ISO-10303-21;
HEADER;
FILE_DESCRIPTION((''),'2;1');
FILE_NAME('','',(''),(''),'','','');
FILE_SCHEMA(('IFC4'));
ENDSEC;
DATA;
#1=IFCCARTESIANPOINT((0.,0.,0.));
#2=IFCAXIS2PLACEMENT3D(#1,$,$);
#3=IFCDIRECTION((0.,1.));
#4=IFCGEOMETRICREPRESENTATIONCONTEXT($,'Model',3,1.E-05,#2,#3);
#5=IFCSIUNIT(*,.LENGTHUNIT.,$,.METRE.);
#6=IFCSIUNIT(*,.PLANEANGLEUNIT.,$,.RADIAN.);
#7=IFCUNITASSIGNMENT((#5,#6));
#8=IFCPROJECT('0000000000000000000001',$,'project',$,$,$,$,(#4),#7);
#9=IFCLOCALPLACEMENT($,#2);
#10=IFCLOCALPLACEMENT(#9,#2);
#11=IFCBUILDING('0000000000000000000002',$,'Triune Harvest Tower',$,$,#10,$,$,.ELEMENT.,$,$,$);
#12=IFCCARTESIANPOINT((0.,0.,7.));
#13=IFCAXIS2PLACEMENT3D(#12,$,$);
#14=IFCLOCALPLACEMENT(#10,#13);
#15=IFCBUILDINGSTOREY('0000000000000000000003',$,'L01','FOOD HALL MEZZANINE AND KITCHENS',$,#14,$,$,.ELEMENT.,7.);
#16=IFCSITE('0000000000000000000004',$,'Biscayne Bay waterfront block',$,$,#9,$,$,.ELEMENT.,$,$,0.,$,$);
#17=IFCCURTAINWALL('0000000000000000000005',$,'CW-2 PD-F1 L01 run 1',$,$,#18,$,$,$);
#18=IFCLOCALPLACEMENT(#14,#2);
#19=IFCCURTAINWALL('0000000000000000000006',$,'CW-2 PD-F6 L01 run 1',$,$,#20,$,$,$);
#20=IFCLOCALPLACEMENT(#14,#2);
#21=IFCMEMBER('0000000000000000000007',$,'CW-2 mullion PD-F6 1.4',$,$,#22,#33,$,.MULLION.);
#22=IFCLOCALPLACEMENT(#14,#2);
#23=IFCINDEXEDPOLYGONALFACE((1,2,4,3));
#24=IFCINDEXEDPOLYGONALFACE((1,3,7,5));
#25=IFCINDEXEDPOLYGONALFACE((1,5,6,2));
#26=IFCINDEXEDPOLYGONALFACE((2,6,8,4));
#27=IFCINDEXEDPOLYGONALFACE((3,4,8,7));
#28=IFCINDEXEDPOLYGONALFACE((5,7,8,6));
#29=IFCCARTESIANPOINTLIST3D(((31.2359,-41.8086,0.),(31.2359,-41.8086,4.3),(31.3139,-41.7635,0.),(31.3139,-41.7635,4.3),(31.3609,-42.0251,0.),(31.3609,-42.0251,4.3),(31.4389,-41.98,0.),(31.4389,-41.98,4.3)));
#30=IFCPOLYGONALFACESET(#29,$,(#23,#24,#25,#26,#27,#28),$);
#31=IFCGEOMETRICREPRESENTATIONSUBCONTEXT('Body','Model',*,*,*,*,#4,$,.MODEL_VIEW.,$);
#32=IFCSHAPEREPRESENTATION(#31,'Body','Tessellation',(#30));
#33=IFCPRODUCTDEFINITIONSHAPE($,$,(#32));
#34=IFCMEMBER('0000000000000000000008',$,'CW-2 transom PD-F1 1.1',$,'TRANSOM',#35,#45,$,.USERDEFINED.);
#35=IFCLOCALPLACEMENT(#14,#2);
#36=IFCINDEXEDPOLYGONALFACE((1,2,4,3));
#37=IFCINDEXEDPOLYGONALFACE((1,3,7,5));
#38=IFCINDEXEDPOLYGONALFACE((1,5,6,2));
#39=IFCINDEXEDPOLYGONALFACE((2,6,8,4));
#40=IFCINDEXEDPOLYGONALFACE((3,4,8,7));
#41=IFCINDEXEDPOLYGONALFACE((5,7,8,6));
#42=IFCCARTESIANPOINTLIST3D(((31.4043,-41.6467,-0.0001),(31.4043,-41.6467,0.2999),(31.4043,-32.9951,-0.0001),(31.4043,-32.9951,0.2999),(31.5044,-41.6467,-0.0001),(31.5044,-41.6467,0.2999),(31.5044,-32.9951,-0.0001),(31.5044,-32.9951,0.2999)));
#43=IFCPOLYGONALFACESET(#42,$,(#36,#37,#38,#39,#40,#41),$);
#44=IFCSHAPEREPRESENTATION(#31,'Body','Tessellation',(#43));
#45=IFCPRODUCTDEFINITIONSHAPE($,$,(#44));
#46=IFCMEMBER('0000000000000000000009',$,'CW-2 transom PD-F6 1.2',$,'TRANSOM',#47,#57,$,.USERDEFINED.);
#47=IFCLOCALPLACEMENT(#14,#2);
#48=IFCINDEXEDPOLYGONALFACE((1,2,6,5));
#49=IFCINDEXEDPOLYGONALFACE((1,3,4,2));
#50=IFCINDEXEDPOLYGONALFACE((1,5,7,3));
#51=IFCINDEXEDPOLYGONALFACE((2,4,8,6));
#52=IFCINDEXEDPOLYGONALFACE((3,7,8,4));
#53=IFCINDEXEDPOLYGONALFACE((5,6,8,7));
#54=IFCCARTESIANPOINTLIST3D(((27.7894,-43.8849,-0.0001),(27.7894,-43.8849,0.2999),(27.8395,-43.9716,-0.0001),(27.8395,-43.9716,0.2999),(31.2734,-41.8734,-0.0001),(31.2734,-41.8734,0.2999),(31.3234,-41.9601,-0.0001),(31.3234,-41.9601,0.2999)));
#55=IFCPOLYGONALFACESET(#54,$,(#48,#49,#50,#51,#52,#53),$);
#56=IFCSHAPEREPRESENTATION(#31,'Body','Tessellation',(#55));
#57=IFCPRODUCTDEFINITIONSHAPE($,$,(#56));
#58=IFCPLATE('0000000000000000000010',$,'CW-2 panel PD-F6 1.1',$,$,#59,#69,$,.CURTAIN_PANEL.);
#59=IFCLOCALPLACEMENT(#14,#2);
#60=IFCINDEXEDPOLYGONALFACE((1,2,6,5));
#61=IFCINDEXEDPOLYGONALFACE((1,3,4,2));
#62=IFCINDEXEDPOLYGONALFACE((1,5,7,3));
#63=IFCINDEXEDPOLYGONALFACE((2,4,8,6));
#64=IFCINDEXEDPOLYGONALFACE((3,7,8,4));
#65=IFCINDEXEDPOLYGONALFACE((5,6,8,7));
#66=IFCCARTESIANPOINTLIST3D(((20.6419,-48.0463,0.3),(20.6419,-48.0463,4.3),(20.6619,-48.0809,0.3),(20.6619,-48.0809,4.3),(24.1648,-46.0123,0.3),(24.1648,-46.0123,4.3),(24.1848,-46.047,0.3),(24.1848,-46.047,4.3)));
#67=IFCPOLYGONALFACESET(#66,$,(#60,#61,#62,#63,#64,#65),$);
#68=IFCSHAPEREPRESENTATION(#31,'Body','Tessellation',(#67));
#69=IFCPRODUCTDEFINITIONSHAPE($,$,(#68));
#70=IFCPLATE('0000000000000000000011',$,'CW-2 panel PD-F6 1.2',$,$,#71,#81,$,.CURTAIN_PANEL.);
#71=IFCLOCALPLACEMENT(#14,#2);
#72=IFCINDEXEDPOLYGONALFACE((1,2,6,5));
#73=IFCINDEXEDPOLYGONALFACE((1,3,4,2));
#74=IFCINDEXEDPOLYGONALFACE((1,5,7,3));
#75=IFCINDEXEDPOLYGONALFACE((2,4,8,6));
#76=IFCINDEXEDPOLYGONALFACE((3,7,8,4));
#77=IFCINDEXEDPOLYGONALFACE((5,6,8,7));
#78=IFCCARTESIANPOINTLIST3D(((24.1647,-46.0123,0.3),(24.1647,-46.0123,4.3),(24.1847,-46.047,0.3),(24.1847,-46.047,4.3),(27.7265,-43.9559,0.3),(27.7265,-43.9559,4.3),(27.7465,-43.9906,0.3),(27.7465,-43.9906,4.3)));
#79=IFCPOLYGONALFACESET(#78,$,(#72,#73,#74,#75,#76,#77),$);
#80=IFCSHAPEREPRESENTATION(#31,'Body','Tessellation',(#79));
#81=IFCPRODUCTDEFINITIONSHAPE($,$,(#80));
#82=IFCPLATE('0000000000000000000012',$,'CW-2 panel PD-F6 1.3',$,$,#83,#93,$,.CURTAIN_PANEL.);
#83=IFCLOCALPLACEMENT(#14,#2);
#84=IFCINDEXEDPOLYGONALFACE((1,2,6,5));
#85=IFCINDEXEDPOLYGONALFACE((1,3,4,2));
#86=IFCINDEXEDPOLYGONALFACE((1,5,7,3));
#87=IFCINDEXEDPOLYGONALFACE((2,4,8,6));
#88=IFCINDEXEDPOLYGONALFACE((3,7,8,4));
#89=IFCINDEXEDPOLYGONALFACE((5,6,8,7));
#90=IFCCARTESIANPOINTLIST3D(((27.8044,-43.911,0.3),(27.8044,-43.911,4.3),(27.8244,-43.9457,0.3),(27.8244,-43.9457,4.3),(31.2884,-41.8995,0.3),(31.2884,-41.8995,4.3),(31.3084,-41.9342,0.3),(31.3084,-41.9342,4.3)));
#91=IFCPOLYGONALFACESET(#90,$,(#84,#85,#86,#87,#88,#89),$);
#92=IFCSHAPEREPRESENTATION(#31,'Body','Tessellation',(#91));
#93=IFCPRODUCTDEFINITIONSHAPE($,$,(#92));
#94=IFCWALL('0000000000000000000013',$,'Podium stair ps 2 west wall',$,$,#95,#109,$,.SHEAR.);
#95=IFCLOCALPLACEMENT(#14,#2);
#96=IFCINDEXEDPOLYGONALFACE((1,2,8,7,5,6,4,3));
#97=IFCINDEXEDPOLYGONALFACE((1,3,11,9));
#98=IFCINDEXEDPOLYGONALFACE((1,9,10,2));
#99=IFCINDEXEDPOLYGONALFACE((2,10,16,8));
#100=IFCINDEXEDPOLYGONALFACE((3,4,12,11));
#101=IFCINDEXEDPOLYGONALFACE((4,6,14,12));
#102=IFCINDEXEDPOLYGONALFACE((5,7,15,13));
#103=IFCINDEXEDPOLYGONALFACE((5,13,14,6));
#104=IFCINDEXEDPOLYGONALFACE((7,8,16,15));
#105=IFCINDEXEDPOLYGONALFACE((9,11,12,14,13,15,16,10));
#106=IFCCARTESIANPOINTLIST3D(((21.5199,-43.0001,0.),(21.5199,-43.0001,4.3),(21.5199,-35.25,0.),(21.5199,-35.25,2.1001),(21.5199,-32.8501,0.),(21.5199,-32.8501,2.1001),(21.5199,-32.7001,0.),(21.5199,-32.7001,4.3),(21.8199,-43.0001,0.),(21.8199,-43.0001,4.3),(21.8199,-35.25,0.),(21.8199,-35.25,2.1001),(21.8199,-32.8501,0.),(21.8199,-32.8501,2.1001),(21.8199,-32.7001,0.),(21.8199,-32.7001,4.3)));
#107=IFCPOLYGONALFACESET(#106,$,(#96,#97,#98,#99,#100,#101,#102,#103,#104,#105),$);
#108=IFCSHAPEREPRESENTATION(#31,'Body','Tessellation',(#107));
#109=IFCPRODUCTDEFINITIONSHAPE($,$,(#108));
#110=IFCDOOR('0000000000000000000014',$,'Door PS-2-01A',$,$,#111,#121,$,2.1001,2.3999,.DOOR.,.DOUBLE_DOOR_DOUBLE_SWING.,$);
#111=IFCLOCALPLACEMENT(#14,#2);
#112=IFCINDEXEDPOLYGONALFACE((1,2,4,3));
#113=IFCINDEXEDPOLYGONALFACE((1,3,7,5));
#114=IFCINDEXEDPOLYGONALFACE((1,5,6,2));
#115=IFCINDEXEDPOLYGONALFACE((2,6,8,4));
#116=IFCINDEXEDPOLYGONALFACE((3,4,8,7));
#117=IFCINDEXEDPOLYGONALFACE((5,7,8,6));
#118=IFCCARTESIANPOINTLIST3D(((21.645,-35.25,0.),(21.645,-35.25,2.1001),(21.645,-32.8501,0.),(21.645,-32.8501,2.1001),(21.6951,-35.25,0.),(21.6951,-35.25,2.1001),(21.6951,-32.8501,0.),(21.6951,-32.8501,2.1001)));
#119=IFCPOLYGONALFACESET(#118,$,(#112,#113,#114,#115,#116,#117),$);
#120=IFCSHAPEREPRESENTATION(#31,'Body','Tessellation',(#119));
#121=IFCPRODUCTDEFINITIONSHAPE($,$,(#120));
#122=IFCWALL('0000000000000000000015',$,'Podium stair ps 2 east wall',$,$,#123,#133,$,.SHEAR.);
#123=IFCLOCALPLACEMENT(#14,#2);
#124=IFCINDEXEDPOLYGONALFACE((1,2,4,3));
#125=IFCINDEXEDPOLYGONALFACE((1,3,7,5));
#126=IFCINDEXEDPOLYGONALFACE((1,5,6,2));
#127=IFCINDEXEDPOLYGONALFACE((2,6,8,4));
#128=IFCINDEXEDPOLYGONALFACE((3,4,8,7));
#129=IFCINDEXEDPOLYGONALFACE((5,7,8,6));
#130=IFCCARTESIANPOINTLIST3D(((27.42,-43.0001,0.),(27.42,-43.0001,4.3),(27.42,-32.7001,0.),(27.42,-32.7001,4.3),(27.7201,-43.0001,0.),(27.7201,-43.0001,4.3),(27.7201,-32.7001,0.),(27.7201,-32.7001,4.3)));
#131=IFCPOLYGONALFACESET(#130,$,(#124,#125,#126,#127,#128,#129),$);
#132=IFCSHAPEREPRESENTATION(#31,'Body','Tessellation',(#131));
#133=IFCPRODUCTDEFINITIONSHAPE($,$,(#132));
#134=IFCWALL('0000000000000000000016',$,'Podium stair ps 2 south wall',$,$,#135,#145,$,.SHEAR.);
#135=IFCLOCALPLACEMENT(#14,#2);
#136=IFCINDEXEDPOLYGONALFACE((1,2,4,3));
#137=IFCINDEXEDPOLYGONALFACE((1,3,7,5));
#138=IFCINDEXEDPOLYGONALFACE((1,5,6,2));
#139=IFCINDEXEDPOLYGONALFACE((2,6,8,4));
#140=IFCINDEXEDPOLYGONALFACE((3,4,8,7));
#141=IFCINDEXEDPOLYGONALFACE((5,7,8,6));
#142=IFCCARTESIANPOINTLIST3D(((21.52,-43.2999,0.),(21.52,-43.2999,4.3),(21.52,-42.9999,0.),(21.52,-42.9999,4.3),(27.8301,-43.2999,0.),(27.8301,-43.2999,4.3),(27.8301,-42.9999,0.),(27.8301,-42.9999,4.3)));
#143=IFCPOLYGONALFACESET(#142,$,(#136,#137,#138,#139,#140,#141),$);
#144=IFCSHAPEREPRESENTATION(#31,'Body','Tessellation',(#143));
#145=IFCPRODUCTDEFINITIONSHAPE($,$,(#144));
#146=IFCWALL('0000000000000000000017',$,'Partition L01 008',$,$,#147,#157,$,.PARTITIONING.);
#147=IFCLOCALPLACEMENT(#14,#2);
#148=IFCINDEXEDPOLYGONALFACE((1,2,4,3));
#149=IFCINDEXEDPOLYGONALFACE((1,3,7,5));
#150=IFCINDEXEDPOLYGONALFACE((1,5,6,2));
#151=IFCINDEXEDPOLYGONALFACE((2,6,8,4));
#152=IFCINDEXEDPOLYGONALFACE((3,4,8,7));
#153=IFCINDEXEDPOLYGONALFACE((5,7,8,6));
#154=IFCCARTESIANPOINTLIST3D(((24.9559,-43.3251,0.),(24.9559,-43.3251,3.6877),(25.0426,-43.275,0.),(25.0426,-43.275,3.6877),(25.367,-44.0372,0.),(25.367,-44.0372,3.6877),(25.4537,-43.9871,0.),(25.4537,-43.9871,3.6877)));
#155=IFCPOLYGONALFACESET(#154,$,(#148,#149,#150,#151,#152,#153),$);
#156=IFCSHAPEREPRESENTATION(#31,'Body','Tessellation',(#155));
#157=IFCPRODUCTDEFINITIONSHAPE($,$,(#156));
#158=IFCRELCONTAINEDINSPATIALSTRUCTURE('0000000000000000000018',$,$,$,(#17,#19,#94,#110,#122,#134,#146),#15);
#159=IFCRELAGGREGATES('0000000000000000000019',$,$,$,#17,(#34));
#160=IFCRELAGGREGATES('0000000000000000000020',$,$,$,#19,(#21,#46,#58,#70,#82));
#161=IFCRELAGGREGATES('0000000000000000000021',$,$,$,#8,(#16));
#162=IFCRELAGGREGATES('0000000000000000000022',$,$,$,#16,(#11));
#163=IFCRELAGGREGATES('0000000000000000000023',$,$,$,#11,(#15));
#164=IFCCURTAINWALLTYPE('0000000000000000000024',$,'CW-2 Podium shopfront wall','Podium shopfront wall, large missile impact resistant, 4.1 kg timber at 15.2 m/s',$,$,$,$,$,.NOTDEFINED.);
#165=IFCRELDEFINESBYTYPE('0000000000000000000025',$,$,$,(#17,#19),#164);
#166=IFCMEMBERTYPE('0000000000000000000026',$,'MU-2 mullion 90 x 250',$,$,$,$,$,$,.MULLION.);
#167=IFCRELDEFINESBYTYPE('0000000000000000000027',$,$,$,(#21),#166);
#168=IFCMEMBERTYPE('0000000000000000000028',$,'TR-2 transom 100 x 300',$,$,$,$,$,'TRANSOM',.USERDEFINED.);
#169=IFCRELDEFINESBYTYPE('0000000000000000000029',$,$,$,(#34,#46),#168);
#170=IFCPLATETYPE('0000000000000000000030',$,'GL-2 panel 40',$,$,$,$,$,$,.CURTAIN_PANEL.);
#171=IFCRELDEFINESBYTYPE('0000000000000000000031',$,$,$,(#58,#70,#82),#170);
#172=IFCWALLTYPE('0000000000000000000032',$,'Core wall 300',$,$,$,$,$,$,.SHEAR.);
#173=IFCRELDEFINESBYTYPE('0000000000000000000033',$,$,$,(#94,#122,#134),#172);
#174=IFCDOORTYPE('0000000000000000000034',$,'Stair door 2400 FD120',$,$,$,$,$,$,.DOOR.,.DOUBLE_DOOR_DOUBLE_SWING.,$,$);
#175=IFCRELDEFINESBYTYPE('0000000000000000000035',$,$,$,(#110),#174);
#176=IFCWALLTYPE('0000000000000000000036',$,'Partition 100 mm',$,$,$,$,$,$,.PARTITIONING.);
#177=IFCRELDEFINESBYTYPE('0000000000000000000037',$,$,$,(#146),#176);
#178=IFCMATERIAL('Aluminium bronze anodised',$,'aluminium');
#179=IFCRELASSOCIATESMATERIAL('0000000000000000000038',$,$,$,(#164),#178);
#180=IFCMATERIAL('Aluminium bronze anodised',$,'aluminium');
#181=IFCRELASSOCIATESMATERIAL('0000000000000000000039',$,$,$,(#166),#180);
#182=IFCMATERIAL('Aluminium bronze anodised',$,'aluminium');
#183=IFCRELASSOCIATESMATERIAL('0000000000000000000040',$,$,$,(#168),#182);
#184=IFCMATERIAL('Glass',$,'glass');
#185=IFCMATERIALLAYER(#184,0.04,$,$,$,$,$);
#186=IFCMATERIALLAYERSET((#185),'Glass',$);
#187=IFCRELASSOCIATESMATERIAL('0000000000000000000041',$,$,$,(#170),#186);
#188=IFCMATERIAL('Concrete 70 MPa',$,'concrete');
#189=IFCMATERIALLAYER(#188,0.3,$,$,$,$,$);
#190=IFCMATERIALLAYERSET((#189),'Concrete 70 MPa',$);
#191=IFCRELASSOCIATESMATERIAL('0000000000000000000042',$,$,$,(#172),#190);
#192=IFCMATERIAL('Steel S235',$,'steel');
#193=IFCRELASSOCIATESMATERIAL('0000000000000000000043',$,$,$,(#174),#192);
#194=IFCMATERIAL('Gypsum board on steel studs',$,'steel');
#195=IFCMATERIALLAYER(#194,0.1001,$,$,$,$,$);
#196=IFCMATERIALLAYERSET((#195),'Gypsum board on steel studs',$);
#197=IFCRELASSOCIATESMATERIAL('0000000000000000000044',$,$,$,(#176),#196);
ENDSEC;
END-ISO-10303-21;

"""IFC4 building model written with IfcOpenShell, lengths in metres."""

from ifc_helpers import new_model, si_unit, direction, frame, frame_2d, origin, origin_2d, place, context, subcontext, project, spatial, rectangle, extrude, source, transform, mapped, material, layer, layer_set, material_profile, profile_set, type_object, element, fill, aggregate, save


model = new_model("IFC4")

# Units and contexts
model_context = context("Model", 3, precision=1e-05, world=origin(), true_north=direction((0.0, 1.0)))
body_context = subcontext(model_context, "Body", "Model", "MODEL_VIEW")
ifc_project = project(units=[si_unit("LENGTHUNIT", "METRE"), si_unit("PLANEANGLEUNIT", "RADIAN")], contexts=[model_context])

# Site, building, storey
site_placement = place(None, origin())
site = spatial("IfcSite", under=ifc_project, at=site_placement, Name="Biscayne Bay waterfront block", CompositionType="ELEMENT", RefElevation=0.0)
building_placement = place(site_placement, origin())
building = spatial("IfcBuilding", under=site, at=building_placement, Name="Triune Harvest Tower", CompositionType="ELEMENT")
storey_placement = place(building_placement, frame((0.0, 0.0, 7.0)))
storey = spatial("IfcBuildingStorey", under=building, at=storey_placement, Name="L01", Description="FOOD HALL MEZZANINE AND KITCHENS", CompositionType="ELEMENT", Elevation=7.0)

# Curtain wall
ifc_material_1 = material(Name="Aluminium bronze anodised", Category="aluminium")
curtain_wall_type = type_object("IfcCurtainWallType", Name="CW-2 Podium shopfront wall", Description="Podium shopfront wall, large missile impact resistant, 4.1 kg timber at 15.2 m/s", PredefinedType="NOTDEFINED", material=ifc_material_1)
curtain_wall_1_placement = place(storey_placement, origin())
curtain_wall_1 = element("IfcCurtainWall", 1, at=curtain_wall_1_placement, inside=storey, type_object=curtain_wall_type, Name="CW-2 PD-F1 L01 run 1")
ifc_material_2 = material(Name="Aluminium bronze anodised", Category="aluminium")
ifc_material_profile_1 = material_profile(ifc_material_2, rectangle(XDim=0.25, YDim=0.0901, at=origin_2d()), Name="MU-2 mullion 90 x 250")
ifc_profile_set_1 = profile_set([ifc_material_profile_1], Name="Aluminium bronze anodised")
member_type_1 = type_object("IfcMemberType", Name="MU-2 mullion 90 x 250", PredefinedType="MULLION", material=ifc_profile_set_1)
shared_shape_1 = source(origin(), body_context, "Body", "SweptSolid", [
    extrude(rectangle(XDim=0.25, YDim=0.0901, at=origin_2d()), origin(), (0.0, 0.0, 1.0), 4.3),
])

# Curtain wall, member
curtain_wall_2_placement = place(storey_placement, origin())
curtain_wall_2 = element("IfcCurtainWall", 2, at=curtain_wall_2_placement, inside=storey, type_object=curtain_wall_type, Name="CW-2 PD-F6 L01 run 1")
member_1_placement = place(storey_placement, frame((31.3374, -41.8943, 0.0), z_axis=(0.0, 0.0, 1.0), x_axis=(-0.499998, 0.866027, 0.0)))
member_1 = element("IfcMember", 3, at=member_1_placement, type_object=member_type_1, Name="CW-2 mullion PD-F6 1.4", PredefinedType="MULLION", context=body_context, shape_type="MappedRepresentation", body=[
    mapped(shared_shape_1, transform((0.0, 0.0, 0.0), scale=1.0)),
])

# Members
ifc_material_3 = material(Name="Aluminium bronze anodised", Category="aluminium")
ifc_material_profile_2 = material_profile(ifc_material_3, rectangle(XDim=0.1001, YDim=0.3, at=origin_2d()), Name="TR-2 transom 100 x 300")
ifc_profile_set_2 = profile_set([ifc_material_profile_2], Name="Aluminium bronze anodised")
member_type_2 = type_object("IfcMemberType", Name="TR-2 transom 100 x 300", ElementType="TRANSOM", PredefinedType="USERDEFINED", material=ifc_profile_set_2)
shared_shape_2 = source(origin(), body_context, "Body", "SweptSolid", [
    extrude(rectangle(XDim=0.1001, YDim=0.3, at=origin_2d()), origin(), (0.0, 0.0, 1.0), 8.6516),
])
member_2_placement = place(storey_placement, frame((31.4543, -41.6467, 0.1499), z_axis=(0.0, 1.0, 0.0), x_axis=(-1.0, 0.0, 0.0)))
member_2 = element("IfcMember", 4, at=member_2_placement, type_object=member_type_2, Name="CW-2 transom PD-F1 1.1", ObjectType="TRANSOM", PredefinedType="USERDEFINED", context=body_context, shape_type="MappedRepresentation", body=[
    mapped(shared_shape_2, transform((0.0, 0.0, 0.0), scale=1.0)),
])
aggregate(curtain_wall_1, [member_2])
shared_shape_3 = source(origin(), body_context, "Body", "SweptSolid", [
    extrude(rectangle(XDim=0.1001, YDim=0.3, at=origin_2d()), origin(), (0.0, 0.0, 1.0), 4.0229),
])
member_3_placement = place(storey_placement, frame((27.8145, -43.9282, 0.1499), z_axis=(0.86602, 0.50001, 0.0), x_axis=(-0.50001, 0.86602, 0.0)))
member_3 = element("IfcMember", 5, at=member_3_placement, type_object=member_type_2, Name="CW-2 transom PD-F6 1.2", ObjectType="TRANSOM", PredefinedType="USERDEFINED", context=body_context, shape_type="MappedRepresentation", body=[
    mapped(shared_shape_3, transform((0.0, 0.0, 0.0), scale=1.0)),
])

# Plates
ifc_material_4 = material(Name="Glass", Category="glass")
ifc_layer_1 = layer(ifc_material_4, 0.04)
ifc_layer_set_1 = layer_set([ifc_layer_1], Name="Glass")
plate_type = type_object("IfcPlateType", Name="GL-2 panel 40", PredefinedType="CURTAIN_PANEL", material=ifc_layer_set_1)
shared_shape_4 = source(origin(), body_context, "Body", "SweptSolid", [
    extrude(rectangle(XDim=4.0679, YDim=0.04, at=origin_2d()), origin(), (0.0, 0.0, 1.0), 4.0),
])
plate_1_placement = place(storey_placement, frame((22.4133, -47.0466, 0.3), z_axis=(0.0, 0.0, 1.0), x_axis=(0.866027, 0.499998, 0.0)))
plate_1 = element("IfcPlate", 6, at=plate_1_placement, type_object=plate_type, Name="CW-2 panel PD-F6 1.1", PredefinedType="CURTAIN_PANEL", context=body_context, shape_type="MappedRepresentation", body=[
    mapped(shared_shape_4, transform((0.0, 0.0, 0.0), scale=1.0)),
])
shared_shape_5 = source(origin(), body_context, "Body", "SweptSolid", [
    extrude(rectangle(XDim=4.1128, YDim=0.04, at=origin_2d()), origin(), (0.0, 0.0, 1.0), 4.0),
])
plate_2_placement = place(storey_placement, frame((25.9556, -45.0015, 0.3), z_axis=(0.0, 0.0, 1.0), x_axis=(0.866027, 0.499998, 0.0)))
plate_2 = element("IfcPlate", 7, at=plate_2_placement, type_object=plate_type, Name="CW-2 panel PD-F6 1.2", PredefinedType="CURTAIN_PANEL", context=body_context, shape_type="MappedRepresentation", body=[
    mapped(shared_shape_5, transform((0.0, 0.0, 0.0), scale=1.0)),
])
shared_shape_6 = source(origin(), body_context, "Body", "SweptSolid", [
    extrude(rectangle(XDim=4.0229, YDim=0.04, at=origin_2d()), origin(), (0.0, 0.0, 1.0), 4.0),
])
plate_3_placement = place(storey_placement, frame((29.5564, -42.9226, 0.3), z_axis=(0.0, 0.0, 1.0), x_axis=(0.866027, 0.499998, 0.0)))
plate_3 = element("IfcPlate", 8, at=plate_3_placement, type_object=plate_type, Name="CW-2 panel PD-F6 1.3", PredefinedType="CURTAIN_PANEL", context=body_context, shape_type="MappedRepresentation", body=[
    mapped(shared_shape_6, transform((0.0, 0.0, 0.0), scale=1.0)),
])
aggregate(curtain_wall_2, [member_1, member_3, plate_1, plate_2, plate_3])

# Wall, opening, door
ifc_material_5 = material(Name="Concrete 70 MPa", Category="concrete")
ifc_layer_2 = layer(ifc_material_5, 0.3)
ifc_layer_set_2 = layer_set([ifc_layer_2], Name="Concrete 70 MPa")
wall_type_1 = type_object("IfcWallType", Name="Core wall 300", PredefinedType="SHEAR", material=ifc_layer_set_2)
shared_shape_7 = source(origin(), body_context, "Body", "SweptSolid", [
    extrude(rectangle(XDim=10.3, YDim=0.3, at=frame_2d((5.1499, 0.0))), origin(), (0.0, 0.0, 1.0), 4.3),
])
wall_1_placement = place(storey_placement, frame((21.6699, -43.0, 0.0), z_axis=(0.0, 0.0, 1.0), x_axis=(0.0, 1.0, 0.0)))
wall_1 = element("IfcWall", 9, at=wall_1_placement, inside=storey, type_object=wall_type_1, Name="Podium stair ps 2 west wall", PredefinedType="SHEAR", context=body_context, shape_type="MappedRepresentation", body=[
    mapped(shared_shape_7, transform((0.0, 0.0, 0.0), scale=1.0)),
])
opening_placement = place(wall_1_placement, frame((7.75, 0.0, 0.0)))
opening = element("IfcOpeningElement", 10, at=opening_placement, cuts=wall_1, PredefinedType="OPENING", context=body_context, shape_type="SweptSolid", body=[
    extrude(rectangle(XDim=2.3999, YDim=2.1001, at=frame_2d((1.2, 1.05))), frame((0.0, 0.1602, 0.0), z_axis=(0.0, -1.0, 0.0), x_axis=(1.0, 0.0, 0.0)), (0.0, 0.0, 1.0), 0.3201),
])
ifc_material_6 = material(Name="Steel S235", Category="steel")
door_type = type_object("IfcDoorType", Name="Stair door 2400 FD120", OperationType="DOUBLE_DOOR_DOUBLE_SWING", PredefinedType="DOOR", material=ifc_material_6)
door_placement = place(opening_placement, origin())
door = element("IfcDoor", 11, at=door_placement, inside=storey, type_object=door_type, Name="Door PS-2-01A", OperationType="DOUBLE_DOOR_DOUBLE_SWING", OverallHeight=2.1001, OverallWidth=2.3999, PredefinedType="DOOR", context=body_context, shape_type="SweptSolid", body=[
    extrude(rectangle(XDim=2.3999, YDim=2.1001, at=frame_2d((1.2, 1.05))), frame((0.0, 0.0249, 0.0), z_axis=(0.0, -1.0, 0.0), x_axis=(1.0, 0.0, 0.0)), (0.0, 0.0, 1.0), 0.05),
])
fill(opening, door)

# Walls
wall_2_placement = place(storey_placement, frame((27.5701, -43.0, 0.0), z_axis=(0.0, 0.0, 1.0), x_axis=(0.0, 1.0, 0.0)))
element("IfcWall", 12, at=wall_2_placement, inside=storey, type_object=wall_type_1, Name="Podium stair ps 2 east wall", PredefinedType="SHEAR", context=body_context, shape_type="MappedRepresentation", body=[
    mapped(shared_shape_7, transform((0.0, 0.0, 0.0), scale=1.0)),
])
shared_shape_8 = source(origin(), body_context, "Body", "SweptSolid", [
    extrude(rectangle(XDim=6.3101, YDim=0.3, at=frame_2d((3.155, 0.0))), origin(), (0.0, 0.0, 1.0), 4.3),
])
wall_3_placement = place(storey_placement, frame((21.52, -43.1499, 0.0), z_axis=(0.0, 0.0, 1.0), x_axis=(1.0, 0.0, 0.0)))
element("IfcWall", 13, at=wall_3_placement, inside=storey, type_object=wall_type_1, Name="Podium stair ps 2 south wall", PredefinedType="SHEAR", context=body_context, shape_type="MappedRepresentation", body=[
    mapped(shared_shape_8, transform((0.0, 0.0, 0.0), scale=1.0)),
])
ifc_material_7 = material(Name="Gypsum board on steel studs", Category="steel")
ifc_layer_3 = layer(ifc_material_7, 0.1001)
ifc_layer_set_3 = layer_set([ifc_layer_3], Name="Gypsum board on steel studs")
wall_type_2 = type_object("IfcWallType", Name="Partition 100 mm", PredefinedType="PARTITIONING", material=ifc_layer_set_3)
shared_shape_9 = source(origin(), body_context, "Body", "SweptSolid", [
    extrude(rectangle(XDim=0.8223, YDim=0.1001, at=frame_2d((0.4111, 0.0))), origin(), (0.0, 0.0, 1.0), 3.6877),
])
wall_4_placement = place(storey_placement, frame((24.9993, -43.3, 0.0), z_axis=(0.0, 0.0, 1.0), x_axis=(0.499971, -0.866042, 0.0)))
element("IfcWall", 14, at=wall_4_placement, inside=storey, type_object=wall_type_2, Name="Partition L01 008", PredefinedType="PARTITIONING", context=body_context, shape_type="MappedRepresentation", body=[
    mapped(shared_shape_9, transform((0.0, 0.0, 0.0), scale=1.0)),
])

save(model, "model.ifc")
